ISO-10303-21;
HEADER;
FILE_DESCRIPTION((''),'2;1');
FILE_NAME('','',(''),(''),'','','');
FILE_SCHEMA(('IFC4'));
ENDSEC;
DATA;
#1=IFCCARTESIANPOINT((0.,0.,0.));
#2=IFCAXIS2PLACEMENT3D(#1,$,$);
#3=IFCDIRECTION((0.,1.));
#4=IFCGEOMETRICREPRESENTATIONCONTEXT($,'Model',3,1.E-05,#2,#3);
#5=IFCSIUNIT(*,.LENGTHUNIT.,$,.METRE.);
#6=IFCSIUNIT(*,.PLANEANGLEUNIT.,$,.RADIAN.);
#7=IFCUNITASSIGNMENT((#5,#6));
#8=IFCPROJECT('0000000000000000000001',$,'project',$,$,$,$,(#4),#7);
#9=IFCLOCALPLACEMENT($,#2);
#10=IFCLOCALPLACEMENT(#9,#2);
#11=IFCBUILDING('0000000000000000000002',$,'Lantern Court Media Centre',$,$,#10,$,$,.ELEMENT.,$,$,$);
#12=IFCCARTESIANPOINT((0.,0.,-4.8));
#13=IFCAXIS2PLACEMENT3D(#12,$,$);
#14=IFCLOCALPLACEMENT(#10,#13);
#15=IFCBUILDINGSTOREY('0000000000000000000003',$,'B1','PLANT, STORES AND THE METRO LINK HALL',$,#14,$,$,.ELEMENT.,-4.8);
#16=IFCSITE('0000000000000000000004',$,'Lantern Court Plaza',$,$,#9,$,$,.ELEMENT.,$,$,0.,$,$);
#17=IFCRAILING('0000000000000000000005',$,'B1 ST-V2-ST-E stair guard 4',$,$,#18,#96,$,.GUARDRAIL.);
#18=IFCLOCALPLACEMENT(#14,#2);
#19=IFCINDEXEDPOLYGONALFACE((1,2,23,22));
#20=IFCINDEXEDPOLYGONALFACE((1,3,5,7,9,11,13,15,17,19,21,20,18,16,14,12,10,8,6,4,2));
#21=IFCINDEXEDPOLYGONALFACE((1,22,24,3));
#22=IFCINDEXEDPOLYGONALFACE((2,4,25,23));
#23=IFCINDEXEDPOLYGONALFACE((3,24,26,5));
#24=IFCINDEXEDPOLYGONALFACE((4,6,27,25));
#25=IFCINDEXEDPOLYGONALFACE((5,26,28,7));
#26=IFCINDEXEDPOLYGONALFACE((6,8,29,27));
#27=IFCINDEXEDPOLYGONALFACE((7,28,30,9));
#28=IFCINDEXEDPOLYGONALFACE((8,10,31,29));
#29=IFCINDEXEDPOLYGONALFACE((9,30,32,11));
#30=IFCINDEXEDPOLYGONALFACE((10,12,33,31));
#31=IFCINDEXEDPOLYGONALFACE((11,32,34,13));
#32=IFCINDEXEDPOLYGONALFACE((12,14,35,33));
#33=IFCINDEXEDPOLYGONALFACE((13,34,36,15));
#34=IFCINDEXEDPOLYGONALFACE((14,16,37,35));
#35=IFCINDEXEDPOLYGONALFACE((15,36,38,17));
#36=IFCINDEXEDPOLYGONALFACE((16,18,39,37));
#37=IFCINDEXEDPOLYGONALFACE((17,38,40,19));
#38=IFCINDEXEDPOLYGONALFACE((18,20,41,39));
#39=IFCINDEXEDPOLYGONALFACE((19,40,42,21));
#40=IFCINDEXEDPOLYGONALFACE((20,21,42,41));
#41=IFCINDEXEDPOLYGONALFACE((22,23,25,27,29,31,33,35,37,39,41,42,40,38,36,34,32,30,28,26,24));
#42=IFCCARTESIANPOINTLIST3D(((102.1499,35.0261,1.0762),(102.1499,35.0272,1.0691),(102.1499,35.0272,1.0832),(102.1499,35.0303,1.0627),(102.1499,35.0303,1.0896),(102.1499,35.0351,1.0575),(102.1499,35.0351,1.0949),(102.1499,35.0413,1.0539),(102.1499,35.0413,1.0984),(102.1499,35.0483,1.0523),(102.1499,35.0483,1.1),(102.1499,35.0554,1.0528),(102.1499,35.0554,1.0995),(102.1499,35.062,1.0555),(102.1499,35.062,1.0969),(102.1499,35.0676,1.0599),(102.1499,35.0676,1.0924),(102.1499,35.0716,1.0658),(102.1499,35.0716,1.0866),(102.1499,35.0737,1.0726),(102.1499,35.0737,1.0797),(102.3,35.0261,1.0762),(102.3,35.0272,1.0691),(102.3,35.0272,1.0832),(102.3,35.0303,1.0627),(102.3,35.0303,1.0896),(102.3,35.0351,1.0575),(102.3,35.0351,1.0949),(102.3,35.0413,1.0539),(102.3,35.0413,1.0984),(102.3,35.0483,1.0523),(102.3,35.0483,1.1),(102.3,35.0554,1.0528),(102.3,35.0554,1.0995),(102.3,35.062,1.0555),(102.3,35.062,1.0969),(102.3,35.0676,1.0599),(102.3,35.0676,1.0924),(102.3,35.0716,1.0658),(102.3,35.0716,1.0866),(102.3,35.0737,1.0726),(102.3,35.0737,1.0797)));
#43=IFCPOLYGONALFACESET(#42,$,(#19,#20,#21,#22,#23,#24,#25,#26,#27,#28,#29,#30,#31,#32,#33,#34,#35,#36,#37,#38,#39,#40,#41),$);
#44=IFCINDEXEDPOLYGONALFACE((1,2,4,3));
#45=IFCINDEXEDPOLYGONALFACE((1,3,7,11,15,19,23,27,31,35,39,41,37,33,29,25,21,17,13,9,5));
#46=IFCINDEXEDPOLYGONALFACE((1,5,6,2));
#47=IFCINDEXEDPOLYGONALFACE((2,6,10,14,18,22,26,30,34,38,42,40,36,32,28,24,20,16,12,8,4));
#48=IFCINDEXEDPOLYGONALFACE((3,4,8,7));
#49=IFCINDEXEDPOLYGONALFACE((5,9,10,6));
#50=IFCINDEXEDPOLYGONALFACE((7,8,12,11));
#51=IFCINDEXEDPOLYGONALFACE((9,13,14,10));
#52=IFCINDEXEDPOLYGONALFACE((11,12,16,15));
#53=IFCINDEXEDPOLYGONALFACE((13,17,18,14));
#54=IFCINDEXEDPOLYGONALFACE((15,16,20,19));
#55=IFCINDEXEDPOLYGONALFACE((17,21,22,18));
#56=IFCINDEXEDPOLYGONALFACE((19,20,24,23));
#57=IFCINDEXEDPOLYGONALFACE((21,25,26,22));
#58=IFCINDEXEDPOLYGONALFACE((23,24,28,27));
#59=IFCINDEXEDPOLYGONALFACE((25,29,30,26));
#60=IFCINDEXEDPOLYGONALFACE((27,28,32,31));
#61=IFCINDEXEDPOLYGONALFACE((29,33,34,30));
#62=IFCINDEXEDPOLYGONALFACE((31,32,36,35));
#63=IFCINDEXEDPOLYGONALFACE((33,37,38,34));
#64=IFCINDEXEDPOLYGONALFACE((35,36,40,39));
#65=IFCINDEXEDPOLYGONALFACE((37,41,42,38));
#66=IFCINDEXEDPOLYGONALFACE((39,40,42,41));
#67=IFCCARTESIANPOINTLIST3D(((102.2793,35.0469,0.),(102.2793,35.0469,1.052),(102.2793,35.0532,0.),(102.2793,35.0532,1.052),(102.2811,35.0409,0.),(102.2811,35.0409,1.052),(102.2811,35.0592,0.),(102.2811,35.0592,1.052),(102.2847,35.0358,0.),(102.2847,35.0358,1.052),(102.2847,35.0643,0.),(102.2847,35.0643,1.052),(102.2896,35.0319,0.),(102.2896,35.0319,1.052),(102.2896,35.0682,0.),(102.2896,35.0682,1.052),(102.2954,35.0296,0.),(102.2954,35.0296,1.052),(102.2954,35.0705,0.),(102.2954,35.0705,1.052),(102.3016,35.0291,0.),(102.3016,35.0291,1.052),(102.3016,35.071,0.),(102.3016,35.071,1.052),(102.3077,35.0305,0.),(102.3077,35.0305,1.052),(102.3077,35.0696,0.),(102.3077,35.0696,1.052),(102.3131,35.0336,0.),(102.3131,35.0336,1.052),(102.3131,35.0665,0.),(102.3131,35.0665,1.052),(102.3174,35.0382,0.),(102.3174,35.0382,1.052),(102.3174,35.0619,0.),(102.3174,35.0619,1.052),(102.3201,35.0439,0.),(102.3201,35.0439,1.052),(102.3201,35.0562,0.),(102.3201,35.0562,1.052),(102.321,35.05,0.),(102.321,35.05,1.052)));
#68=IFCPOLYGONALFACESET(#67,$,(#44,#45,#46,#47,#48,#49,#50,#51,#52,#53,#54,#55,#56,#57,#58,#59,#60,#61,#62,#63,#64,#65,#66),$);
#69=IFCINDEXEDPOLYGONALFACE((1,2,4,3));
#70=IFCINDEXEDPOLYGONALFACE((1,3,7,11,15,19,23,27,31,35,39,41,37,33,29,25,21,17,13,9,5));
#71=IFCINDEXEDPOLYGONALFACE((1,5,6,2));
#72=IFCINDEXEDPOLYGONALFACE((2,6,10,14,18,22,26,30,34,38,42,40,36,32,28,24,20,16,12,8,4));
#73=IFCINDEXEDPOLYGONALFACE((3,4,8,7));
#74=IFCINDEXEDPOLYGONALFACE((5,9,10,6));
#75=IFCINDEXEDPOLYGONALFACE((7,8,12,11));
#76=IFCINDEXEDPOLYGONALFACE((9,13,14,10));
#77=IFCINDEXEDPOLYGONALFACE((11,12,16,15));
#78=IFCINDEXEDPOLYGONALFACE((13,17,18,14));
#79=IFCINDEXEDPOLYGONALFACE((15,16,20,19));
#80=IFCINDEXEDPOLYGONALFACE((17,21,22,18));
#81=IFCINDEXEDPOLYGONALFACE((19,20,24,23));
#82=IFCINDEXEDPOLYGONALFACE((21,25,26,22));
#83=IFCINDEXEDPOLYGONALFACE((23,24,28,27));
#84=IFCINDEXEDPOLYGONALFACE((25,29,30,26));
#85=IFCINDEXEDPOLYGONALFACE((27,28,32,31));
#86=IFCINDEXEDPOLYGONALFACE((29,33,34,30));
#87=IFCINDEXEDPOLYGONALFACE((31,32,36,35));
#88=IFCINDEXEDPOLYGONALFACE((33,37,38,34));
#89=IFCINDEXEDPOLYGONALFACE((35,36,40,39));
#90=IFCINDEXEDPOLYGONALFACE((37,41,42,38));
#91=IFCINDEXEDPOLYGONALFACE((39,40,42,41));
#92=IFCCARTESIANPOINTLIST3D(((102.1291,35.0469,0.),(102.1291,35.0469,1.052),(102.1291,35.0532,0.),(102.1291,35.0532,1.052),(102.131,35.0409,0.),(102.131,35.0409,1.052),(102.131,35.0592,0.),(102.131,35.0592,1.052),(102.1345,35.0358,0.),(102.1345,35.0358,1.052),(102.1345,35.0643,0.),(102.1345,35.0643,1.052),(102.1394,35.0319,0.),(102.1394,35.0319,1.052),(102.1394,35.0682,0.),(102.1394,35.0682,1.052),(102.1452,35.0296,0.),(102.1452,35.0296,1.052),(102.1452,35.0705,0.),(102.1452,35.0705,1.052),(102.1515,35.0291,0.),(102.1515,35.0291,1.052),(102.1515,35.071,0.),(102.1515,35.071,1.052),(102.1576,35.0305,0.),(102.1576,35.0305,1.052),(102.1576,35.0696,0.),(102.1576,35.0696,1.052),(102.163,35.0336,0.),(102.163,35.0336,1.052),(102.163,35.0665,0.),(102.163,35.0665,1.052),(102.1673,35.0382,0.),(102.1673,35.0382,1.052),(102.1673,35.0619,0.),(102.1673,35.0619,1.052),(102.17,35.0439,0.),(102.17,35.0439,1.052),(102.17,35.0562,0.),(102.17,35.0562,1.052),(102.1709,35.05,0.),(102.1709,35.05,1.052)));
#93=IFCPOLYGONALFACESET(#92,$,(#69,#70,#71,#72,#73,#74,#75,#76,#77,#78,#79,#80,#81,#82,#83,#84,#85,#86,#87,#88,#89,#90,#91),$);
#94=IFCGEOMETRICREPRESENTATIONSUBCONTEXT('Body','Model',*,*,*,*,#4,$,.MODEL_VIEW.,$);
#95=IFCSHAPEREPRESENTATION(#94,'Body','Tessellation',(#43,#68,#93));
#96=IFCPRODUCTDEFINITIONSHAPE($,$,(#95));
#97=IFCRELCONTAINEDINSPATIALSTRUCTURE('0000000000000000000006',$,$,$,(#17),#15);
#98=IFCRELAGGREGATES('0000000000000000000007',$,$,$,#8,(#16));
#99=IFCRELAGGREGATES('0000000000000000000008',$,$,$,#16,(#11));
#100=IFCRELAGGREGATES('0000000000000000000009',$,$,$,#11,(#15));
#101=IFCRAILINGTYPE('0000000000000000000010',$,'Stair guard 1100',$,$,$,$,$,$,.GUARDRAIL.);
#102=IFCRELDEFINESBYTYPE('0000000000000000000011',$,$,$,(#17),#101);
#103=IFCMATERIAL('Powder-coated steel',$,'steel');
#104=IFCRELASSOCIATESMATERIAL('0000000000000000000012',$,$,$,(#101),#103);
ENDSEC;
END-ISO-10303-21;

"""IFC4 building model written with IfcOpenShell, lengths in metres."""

from ifc_helpers import new_model, si_unit, direction, frame, origin, origin_2d, place, context, subcontext, project, spatial, circle, extrude, material, type_object, element, save


model = new_model("IFC4")

# Units and contexts
model_context = context("Model", 3, precision=1e-05, world=origin(), true_north=direction((0.0, 1.0)))
body_context = subcontext(model_context, "Body", "Model", "MODEL_VIEW")
ifc_project = project(units=[si_unit("LENGTHUNIT", "METRE"), si_unit("PLANEANGLEUNIT", "RADIAN")], contexts=[model_context])

# Site, building, storey
site_placement = place(None, origin())
site = spatial("IfcSite", under=ifc_project, at=site_placement, Name="Lantern Court Plaza", CompositionType="ELEMENT", RefElevation=0.0)
building_placement = place(site_placement, origin())
building = spatial("IfcBuilding", under=site, at=building_placement, Name="Lantern Court Media Centre", CompositionType="ELEMENT")
storey_placement = place(building_placement, frame((0.0, 0.0, -4.8)))
storey = spatial("IfcBuildingStorey", under=building, at=storey_placement, Name="B1", Description="PLANT, STORES AND THE METRO LINK HALL", CompositionType="ELEMENT", Elevation=-4.8)

# Railing
ifc_material_1 = material(Name="Powder-coated steel", Category="steel")
railing_type_1 = type_object("IfcRailingType", Name="Stair guard 1100", PredefinedType="GUARDRAIL", material=ifc_material_1)
railing_1_placement = place(storey_placement, frame((102.3, 35.05, 0.0)))
element("IfcRailing", 1, at=railing_1_placement, inside=storey, type_object=railing_type_1, Name="B1 ST-V2-ST-E stair guard 4", PredefinedType="GUARDRAIL", context=body_context, shape_type="SweptSolid", body=[
    extrude(circle(Radius=0.0239, at=origin_2d()), frame((0.0, 0.0, 1.0762), z_axis=(-1.0, 0.0, 0.0), x_axis=(0.0, -1.0, 0.0)), (0.0, 0.0, 1.0), 0.1501),
    extrude(circle(Radius=0.021, at=origin_2d()), origin(), (0.0, 0.0, 1.0), 1.052),
    extrude(circle(Radius=0.021, at=origin_2d()), frame((-0.1501, 0.0, 0.0)), (0.0, 0.0, 1.0), 1.052),
])

save(model, "model.ifc")
